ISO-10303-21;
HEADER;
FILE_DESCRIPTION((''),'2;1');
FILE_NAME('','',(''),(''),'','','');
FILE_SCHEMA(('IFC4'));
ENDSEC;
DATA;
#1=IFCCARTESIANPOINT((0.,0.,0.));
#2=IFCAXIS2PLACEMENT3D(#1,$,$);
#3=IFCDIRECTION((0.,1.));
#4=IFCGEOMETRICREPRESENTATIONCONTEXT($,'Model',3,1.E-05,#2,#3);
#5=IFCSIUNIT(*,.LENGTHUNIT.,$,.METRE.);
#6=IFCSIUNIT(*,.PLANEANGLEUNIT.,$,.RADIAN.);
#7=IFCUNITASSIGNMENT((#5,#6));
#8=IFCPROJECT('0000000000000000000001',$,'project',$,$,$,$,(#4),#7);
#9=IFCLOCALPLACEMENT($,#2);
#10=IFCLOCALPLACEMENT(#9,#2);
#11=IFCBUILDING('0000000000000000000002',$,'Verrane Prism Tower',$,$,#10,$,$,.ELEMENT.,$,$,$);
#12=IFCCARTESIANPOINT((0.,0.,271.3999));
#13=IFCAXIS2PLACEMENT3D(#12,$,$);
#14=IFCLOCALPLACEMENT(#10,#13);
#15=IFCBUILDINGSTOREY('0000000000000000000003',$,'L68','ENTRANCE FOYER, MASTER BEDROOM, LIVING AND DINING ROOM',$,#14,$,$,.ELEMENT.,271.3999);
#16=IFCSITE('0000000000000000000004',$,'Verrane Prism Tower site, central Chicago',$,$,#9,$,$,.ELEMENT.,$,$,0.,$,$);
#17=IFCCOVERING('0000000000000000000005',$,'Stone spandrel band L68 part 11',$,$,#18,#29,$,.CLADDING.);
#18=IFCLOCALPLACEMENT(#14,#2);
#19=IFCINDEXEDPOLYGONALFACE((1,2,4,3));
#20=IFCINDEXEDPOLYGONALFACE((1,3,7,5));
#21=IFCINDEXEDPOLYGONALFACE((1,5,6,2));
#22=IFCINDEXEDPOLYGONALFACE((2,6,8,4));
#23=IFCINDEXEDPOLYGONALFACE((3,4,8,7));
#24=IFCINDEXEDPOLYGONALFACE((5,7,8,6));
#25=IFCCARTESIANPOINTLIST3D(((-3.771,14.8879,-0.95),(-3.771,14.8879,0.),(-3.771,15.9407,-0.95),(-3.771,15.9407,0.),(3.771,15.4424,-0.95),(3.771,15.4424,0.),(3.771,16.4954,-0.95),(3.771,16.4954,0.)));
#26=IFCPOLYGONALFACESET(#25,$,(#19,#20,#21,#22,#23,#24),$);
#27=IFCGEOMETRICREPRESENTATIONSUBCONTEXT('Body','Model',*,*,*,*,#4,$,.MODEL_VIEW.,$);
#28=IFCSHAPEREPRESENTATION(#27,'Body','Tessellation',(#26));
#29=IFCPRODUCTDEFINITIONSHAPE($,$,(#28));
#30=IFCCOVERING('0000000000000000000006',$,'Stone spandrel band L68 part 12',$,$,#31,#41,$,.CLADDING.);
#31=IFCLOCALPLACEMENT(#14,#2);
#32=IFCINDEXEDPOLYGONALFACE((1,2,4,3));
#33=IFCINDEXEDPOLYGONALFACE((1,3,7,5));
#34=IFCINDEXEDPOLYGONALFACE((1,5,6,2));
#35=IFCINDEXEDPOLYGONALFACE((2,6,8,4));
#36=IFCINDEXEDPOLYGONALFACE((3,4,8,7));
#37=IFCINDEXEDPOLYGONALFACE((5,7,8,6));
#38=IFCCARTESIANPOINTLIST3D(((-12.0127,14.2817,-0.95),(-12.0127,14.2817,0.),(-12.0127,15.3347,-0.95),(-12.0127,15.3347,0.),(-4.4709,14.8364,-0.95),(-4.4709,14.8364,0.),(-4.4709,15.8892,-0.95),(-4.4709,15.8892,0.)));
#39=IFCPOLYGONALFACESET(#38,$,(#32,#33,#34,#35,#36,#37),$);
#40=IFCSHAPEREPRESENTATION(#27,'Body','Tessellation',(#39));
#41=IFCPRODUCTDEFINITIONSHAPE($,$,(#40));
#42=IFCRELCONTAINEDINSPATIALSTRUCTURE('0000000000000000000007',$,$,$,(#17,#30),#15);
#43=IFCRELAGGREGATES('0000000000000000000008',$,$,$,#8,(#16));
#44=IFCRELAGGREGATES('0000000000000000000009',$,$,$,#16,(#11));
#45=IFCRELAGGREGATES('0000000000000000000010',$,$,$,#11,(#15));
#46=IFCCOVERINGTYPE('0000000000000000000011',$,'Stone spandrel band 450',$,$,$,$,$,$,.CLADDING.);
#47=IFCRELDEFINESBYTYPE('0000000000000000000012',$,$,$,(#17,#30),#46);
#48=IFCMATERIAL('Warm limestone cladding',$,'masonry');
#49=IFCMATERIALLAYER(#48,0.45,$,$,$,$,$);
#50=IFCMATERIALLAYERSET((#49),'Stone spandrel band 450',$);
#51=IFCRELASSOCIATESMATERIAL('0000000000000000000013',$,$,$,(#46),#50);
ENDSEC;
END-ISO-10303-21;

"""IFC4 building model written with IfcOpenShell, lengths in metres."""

from ifc_helpers import new_model, si_unit, direction, frame, origin, place, context, subcontext, project, spatial, polyline, outline, extrude, material, layer, layer_set, type_object, element, save


model = new_model("IFC4")

# Units and contexts
model_context = context("Model", 3, precision=1e-05, world=origin(), true_north=direction((0.0, 1.0)))
body_context = subcontext(model_context, "Body", "Model", "MODEL_VIEW")
ifc_project = project(units=[si_unit("LENGTHUNIT", "METRE"), si_unit("PLANEANGLEUNIT", "RADIAN")], contexts=[model_context])

# Site, building, storey
site_placement = place(None, origin())
site = spatial("IfcSite", under=ifc_project, at=site_placement, Name="Verrane Prism Tower site, central Chicago", CompositionType="ELEMENT", RefElevation=0.0)
building_placement = place(site_placement, origin())
building = spatial("IfcBuilding", under=site, at=building_placement, Name="Verrane Prism Tower", CompositionType="ELEMENT")
storey_placement = place(building_placement, frame((0.0, 0.0, 271.3999)))
storey = spatial("IfcBuildingStorey", under=building, at=storey_placement, Name="L68", Description="ENTRANCE FOYER, MASTER BEDROOM, LIVING AND DINING ROOM", CompositionType="ELEMENT", Elevation=271.3999)

# Coverings
ifc_material_1 = material(Name="Warm limestone cladding", Category="masonry")
ifc_layer_1 = layer(ifc_material_1, 0.45)
ifc_layer_set_1 = layer_set([ifc_layer_1], Name="Stone spandrel band 450")
covering_type = type_object("IfcCoveringType", Name="Stone spandrel band 450", PredefinedType="CLADDING", material=ifc_layer_set_1)
covering_1_placement = place(storey_placement, frame((0.0, 0.0, -0.95)))
element("IfcCovering", 1, at=covering_1_placement, inside=storey, type_object=covering_type, Name="Stone spandrel band L68 part 11", PredefinedType="CLADDING", context=body_context, shape_type="SweptSolid", body=[
    extrude(outline(polyline([(-3.771, 14.8879), (3.771, 15.4424), (3.771, 16.4954), (-3.771, 15.9407), (-3.771, 14.8879)])), origin(), (0.0, 0.0, 1.0), 0.95),
])
covering_2_placement = place(storey_placement, frame((0.0, 0.0, -0.95)))
element("IfcCovering", 2, at=covering_2_placement, inside=storey, type_object=covering_type, Name="Stone spandrel band L68 part 12", PredefinedType="CLADDING", context=body_context, shape_type="SweptSolid", body=[
    extrude(outline(polyline([(-12.0127, 14.2817), (-4.4709, 14.8364), (-4.4709, 15.8892), (-12.0127, 15.3347), (-12.0127, 14.2817)])), origin(), (0.0, 0.0, 1.0), 0.95),
])

save(model, "model.ifc")
